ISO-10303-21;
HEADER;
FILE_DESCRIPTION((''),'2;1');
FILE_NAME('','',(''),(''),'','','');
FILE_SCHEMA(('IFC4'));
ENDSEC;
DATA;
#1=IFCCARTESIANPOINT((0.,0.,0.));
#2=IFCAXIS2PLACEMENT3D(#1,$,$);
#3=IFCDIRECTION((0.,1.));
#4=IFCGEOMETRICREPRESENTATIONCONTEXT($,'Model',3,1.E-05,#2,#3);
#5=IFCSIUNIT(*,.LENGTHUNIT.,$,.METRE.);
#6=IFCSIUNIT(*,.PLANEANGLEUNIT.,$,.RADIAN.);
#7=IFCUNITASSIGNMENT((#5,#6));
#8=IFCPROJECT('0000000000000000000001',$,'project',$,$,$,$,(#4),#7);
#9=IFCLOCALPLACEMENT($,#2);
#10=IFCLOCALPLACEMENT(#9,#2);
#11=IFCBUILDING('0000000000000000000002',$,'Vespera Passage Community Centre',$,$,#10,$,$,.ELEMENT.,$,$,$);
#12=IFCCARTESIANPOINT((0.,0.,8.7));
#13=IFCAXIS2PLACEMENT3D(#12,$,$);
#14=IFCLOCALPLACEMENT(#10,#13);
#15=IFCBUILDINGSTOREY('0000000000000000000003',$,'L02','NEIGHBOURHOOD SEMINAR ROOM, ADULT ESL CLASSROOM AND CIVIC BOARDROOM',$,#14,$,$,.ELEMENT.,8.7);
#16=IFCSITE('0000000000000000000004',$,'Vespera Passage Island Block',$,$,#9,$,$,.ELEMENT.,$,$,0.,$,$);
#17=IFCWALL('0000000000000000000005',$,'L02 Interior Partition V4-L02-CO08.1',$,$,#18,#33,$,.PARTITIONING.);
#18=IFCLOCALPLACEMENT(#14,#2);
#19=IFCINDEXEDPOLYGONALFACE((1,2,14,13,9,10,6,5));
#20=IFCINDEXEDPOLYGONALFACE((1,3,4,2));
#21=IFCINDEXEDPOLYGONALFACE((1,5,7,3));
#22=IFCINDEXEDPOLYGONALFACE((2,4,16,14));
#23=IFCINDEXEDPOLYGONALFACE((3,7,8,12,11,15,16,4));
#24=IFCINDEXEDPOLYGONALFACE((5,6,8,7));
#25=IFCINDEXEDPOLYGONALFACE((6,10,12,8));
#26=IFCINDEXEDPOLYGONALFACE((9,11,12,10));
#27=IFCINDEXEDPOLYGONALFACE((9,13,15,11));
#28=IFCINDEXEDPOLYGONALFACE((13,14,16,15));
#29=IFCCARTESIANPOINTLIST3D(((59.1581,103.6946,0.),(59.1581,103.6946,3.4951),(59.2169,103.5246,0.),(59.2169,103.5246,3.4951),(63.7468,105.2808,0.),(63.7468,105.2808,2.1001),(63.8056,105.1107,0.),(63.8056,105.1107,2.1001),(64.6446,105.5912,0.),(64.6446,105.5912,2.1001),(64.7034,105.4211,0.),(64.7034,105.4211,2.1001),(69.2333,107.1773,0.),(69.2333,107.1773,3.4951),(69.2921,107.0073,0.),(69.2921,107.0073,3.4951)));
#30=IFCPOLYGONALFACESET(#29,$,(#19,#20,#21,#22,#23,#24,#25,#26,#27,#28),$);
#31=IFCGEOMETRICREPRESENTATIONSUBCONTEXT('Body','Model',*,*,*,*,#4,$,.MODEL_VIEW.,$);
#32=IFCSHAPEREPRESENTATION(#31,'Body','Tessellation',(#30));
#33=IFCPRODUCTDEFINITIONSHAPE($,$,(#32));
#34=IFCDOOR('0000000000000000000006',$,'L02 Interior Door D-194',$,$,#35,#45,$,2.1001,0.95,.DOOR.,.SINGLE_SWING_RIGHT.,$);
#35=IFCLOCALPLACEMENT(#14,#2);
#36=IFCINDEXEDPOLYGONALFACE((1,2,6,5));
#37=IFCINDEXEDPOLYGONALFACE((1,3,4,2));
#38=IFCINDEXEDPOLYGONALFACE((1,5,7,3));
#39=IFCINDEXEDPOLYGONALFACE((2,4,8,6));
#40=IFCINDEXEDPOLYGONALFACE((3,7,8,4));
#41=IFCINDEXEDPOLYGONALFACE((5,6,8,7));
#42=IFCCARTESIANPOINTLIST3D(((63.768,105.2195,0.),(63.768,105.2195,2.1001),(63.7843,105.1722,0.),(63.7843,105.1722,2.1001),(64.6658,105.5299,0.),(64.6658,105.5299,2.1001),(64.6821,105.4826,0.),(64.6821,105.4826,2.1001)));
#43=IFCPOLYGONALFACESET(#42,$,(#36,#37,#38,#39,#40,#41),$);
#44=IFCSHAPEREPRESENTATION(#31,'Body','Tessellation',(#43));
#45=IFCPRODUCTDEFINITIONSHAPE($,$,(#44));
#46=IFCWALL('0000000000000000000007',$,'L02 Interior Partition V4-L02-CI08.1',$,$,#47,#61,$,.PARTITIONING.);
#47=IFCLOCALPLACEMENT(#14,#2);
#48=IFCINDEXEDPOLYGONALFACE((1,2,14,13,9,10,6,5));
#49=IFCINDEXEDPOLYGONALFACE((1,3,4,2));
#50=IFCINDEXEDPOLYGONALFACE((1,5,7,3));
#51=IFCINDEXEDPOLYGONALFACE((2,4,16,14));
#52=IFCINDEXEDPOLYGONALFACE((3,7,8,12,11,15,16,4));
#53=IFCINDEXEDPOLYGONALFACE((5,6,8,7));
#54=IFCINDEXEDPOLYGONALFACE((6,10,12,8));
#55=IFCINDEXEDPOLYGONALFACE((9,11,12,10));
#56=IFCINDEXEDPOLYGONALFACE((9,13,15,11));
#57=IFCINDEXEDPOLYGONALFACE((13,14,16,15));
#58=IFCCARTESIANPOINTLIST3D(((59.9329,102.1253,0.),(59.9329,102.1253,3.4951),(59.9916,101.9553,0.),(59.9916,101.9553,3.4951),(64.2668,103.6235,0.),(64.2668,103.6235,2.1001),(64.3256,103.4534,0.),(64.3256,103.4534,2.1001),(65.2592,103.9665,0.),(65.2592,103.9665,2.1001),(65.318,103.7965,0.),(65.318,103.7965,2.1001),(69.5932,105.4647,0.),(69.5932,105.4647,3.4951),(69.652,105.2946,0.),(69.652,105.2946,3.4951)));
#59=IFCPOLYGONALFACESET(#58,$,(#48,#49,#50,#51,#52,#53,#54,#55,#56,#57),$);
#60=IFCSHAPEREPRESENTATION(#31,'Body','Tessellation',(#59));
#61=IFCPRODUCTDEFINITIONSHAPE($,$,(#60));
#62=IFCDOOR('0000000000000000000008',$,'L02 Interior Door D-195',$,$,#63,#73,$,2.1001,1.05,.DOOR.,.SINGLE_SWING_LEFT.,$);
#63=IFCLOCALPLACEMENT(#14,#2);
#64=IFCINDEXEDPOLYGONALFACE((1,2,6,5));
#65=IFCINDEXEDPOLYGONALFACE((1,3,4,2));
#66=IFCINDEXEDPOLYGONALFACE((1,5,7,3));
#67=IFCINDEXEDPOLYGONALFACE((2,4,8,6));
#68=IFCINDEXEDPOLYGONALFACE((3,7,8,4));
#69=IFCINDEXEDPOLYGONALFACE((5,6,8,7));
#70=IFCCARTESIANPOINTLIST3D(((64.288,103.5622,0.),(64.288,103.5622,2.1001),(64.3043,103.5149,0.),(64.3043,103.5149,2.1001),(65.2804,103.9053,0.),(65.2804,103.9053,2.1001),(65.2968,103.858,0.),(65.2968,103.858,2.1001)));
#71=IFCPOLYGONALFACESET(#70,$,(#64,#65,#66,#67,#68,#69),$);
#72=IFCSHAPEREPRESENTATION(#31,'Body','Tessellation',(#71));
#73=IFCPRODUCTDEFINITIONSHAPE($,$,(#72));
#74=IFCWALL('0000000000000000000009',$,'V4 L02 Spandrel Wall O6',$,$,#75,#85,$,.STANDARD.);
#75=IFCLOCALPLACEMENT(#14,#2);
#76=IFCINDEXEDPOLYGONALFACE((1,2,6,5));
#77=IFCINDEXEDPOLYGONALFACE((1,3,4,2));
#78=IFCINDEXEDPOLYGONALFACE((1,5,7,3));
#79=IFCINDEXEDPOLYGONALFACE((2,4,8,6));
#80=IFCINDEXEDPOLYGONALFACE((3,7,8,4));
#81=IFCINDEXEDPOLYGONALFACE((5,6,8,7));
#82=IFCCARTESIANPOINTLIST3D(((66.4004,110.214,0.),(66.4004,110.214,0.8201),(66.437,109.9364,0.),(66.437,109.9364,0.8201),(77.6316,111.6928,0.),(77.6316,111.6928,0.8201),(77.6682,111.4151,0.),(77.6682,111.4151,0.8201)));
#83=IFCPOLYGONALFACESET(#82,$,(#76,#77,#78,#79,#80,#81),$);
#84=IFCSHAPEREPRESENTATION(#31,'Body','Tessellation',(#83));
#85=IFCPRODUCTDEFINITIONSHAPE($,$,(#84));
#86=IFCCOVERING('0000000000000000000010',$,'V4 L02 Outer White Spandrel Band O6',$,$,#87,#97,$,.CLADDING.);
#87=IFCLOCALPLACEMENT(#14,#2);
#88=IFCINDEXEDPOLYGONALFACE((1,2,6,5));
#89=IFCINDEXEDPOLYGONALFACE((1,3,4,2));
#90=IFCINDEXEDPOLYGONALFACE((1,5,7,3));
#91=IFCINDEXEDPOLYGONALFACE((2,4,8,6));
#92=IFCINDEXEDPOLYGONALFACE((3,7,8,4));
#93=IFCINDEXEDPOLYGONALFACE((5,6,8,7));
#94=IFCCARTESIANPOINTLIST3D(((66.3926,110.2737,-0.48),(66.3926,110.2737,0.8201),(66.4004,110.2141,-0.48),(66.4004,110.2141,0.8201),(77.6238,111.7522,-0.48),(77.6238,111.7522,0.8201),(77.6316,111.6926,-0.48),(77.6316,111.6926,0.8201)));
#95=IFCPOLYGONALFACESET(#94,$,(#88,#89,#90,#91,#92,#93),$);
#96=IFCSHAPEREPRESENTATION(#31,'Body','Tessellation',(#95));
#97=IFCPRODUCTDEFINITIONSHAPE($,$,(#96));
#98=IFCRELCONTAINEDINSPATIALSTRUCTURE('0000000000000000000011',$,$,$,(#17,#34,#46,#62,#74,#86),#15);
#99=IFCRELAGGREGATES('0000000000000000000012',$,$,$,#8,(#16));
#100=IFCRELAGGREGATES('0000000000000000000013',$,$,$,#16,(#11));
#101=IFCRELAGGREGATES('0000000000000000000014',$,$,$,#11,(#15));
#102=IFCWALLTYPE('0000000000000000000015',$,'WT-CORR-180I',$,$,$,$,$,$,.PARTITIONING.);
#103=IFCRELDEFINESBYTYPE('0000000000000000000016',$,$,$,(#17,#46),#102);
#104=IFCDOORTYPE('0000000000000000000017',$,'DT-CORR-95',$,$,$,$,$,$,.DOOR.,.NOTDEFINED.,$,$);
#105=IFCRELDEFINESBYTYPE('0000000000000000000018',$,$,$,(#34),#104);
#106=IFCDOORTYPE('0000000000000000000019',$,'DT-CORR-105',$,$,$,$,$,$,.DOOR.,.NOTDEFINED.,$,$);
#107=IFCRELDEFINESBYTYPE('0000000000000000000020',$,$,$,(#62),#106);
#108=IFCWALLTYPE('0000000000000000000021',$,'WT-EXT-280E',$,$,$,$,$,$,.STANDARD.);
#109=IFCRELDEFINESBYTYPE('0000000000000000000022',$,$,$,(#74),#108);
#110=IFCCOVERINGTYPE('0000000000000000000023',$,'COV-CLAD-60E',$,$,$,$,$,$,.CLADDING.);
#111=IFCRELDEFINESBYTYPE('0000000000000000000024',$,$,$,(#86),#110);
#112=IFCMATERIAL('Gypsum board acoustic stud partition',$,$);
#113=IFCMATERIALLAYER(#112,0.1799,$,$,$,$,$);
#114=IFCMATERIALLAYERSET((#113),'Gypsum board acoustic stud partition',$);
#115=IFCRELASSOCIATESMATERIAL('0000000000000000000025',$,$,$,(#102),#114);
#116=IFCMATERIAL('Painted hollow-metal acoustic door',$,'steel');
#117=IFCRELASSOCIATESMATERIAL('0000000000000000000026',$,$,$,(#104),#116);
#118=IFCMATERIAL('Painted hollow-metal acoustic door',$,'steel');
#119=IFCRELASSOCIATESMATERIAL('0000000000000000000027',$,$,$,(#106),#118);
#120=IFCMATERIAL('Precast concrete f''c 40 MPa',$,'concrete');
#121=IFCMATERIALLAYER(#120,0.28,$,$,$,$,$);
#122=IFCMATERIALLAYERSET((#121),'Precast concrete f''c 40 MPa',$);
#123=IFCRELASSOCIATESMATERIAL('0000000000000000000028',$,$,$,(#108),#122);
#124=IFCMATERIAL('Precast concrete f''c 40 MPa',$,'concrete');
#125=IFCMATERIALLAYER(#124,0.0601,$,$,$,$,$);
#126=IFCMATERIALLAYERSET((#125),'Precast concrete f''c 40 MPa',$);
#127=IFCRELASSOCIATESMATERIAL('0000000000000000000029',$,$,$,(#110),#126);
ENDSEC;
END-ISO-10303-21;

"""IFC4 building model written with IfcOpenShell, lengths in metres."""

from ifc_helpers import new_model, si_unit, direction, frame, frame_2d, origin, place, context, subcontext, project, spatial, rectangle, extrude, material, layer, layer_set, type_object, element, fill, save


model = new_model("IFC4")

# Units and contexts
model_context = context("Model", 3, precision=1e-05, world=origin(), true_north=direction((0.0, 1.0)))
body_context = subcontext(model_context, "Body", "Model", "MODEL_VIEW")
ifc_project = project(units=[si_unit("LENGTHUNIT", "METRE"), si_unit("PLANEANGLEUNIT", "RADIAN")], contexts=[model_context])

# Site, building, storey
site_placement = place(None, origin())
site = spatial("IfcSite", under=ifc_project, at=site_placement, Name="Vespera Passage Island Block", CompositionType="ELEMENT", RefElevation=0.0)
building_placement = place(site_placement, origin())
building = spatial("IfcBuilding", under=site, at=building_placement, Name="Vespera Passage Community Centre", CompositionType="ELEMENT")
storey_placement = place(building_placement, frame((0.0, 0.0, 8.7)))
storey = spatial("IfcBuildingStorey", under=building, at=storey_placement, Name="L02", Description="NEIGHBOURHOOD SEMINAR ROOM, ADULT ESL CLASSROOM AND CIVIC BOARDROOM", CompositionType="ELEMENT", Elevation=8.7)

# Walls, openings, doors
ifc_material_1 = material(Name="Gypsum board acoustic stud partition")
ifc_layer_1 = layer(ifc_material_1, 0.1799)
ifc_layer_set_1 = layer_set([ifc_layer_1], Name="Gypsum board acoustic stud partition")
wall_type_1 = type_object("IfcWallType", Name="WT-CORR-180I", PredefinedType="PARTITIONING", material=ifc_layer_set_1)
wall_1_placement = place(storey_placement, frame((69.2627, 107.0923, 0.0), z_axis=(0.0, 0.0, 1.0), x_axis=(-0.945128, -0.3267, 0.0)))
wall_1 = element("IfcWall", 1, at=wall_1_placement, inside=storey, type_object=wall_type_1, Name="L02 Interior Partition V4-L02-CO08.1", PredefinedType="PARTITIONING", context=body_context, shape_type="SweptSolid", body=[
    extrude(rectangle(XDim=10.6602, YDim=0.1799, at=frame_2d((5.3301, 0.0))), origin(), (0.0, 0.0, 1.0), 3.4951),
])
opening_1_placement = place(wall_1_placement, frame((4.855, 0.0, 0.0)))
opening_1 = element("IfcOpeningElement", 2, at=opening_1_placement, cuts=wall_1, PredefinedType="OPENING", context=body_context, shape_type="SweptSolid", body=[
    extrude(rectangle(XDim=0.95, YDim=2.1001, at=frame_2d((0.4751, 1.05))), frame((0.0, 0.0999, 0.0), z_axis=(0.0, -1.0, 0.0), x_axis=(1.0, 0.0, 0.0)), (0.0, 0.0, 1.0), 0.2),
])
ifc_material_2 = material(Name="Painted hollow-metal acoustic door", Category="steel")
door_type_1 = type_object("IfcDoorType", Name="DT-CORR-95", OperationType="NOTDEFINED", PredefinedType="DOOR", material=ifc_material_2)
door_1_placement = place(opening_1_placement, origin())
door_1 = element("IfcDoor", 3, at=door_1_placement, inside=storey, type_object=door_type_1, Name="L02 Interior Door D-194", OperationType="SINGLE_SWING_RIGHT", OverallHeight=2.1001, OverallWidth=0.95, PredefinedType="DOOR", context=body_context, shape_type="SweptSolid", body=[
    extrude(rectangle(XDim=0.95, YDim=2.1001, at=frame_2d((0.4751, 1.05))), frame((0.0, 0.0249, 0.0), z_axis=(0.0, -1.0, 0.0), x_axis=(1.0, 0.0, 0.0)), (0.0, 0.0, 1.0), 0.05),
])
fill(opening_1, door_1)
wall_2_placement = place(storey_placement, frame((69.6226, 105.3796, 0.0), z_axis=(0.0, 0.0, 1.0), x_axis=(-0.945126, -0.326706, 0.0)))
wall_2 = element("IfcWall", 4, at=wall_2_placement, inside=storey, type_object=wall_type_1, Name="L02 Interior Partition V4-L02-CI08.1", PredefinedType="PARTITIONING", context=body_context, shape_type="SweptSolid", body=[
    extrude(rectangle(XDim=10.2212, YDim=0.1799, at=frame_2d((5.1106, 0.0))), origin(), (0.0, 0.0, 1.0), 3.4951),
])
opening_2_placement = place(wall_2_placement, frame((4.5857, 0.0, 0.0)))
opening_2 = element("IfcOpeningElement", 5, at=opening_2_placement, cuts=wall_2, PredefinedType="OPENING", context=body_context, shape_type="SweptSolid", body=[
    extrude(rectangle(XDim=1.05, YDim=2.1001, at=frame_2d((0.5249, 1.05))), frame((0.0, 0.0999, 0.0), z_axis=(0.0, -1.0, 0.0), x_axis=(1.0, 0.0, 0.0)), (0.0, 0.0, 1.0), 0.2),
])
ifc_material_3 = material(Name="Painted hollow-metal acoustic door", Category="steel")
door_type_2 = type_object("IfcDoorType", Name="DT-CORR-105", OperationType="NOTDEFINED", PredefinedType="DOOR", material=ifc_material_3)
door_2_placement = place(opening_2_placement, origin())
door_2 = element("IfcDoor", 6, at=door_2_placement, inside=storey, type_object=door_type_2, Name="L02 Interior Door D-195", OperationType="SINGLE_SWING_LEFT", OverallHeight=2.1001, OverallWidth=1.05, PredefinedType="DOOR", context=body_context, shape_type="SweptSolid", body=[
    extrude(rectangle(XDim=1.05, YDim=2.1001, at=frame_2d((0.5249, 1.05))), frame((0.0, 0.0249, 0.0), z_axis=(0.0, -1.0, 0.0), x_axis=(1.0, 0.0, 0.0)), (0.0, 0.0, 1.0), 0.05),
])
fill(opening_2, door_2)

# Wall
ifc_material_4 = material(Name="Precast concrete f'c 40 MPa", Category="concrete")
ifc_layer_2 = layer(ifc_material_4, 0.28)
ifc_layer_set_2 = layer_set([ifc_layer_2], Name="Precast concrete f'c 40 MPa")
wall_type_2 = type_object("IfcWallType", Name="WT-EXT-280E", PredefinedType="STANDARD", material=ifc_layer_set_2)
wall_3_placement = place(storey_placement, frame((66.4187, 110.0752, 0.0), z_axis=(0.0, 0.0, 1.0), x_axis=(0.991443, 0.130539, 0.0)))
element("IfcWall", 7, at=wall_3_placement, inside=storey, type_object=wall_type_2, Name="V4 L02 Spandrel Wall O6", PredefinedType="STANDARD", context=body_context, shape_type="SweptSolid", body=[
    extrude(rectangle(XDim=11.3281, YDim=0.28, at=frame_2d((5.6641, 0.0))), origin(), (0.0, 0.0, 1.0), 0.8201),
])

# Covering
ifc_material_5 = material(Name="Precast concrete f'c 40 MPa", Category="concrete")
ifc_layer_3 = layer(ifc_material_5, 0.0601)
ifc_layer_set_3 = layer_set([ifc_layer_3], Name="Precast concrete f'c 40 MPa")
covering_type = type_object("IfcCoveringType", Name="COV-CLAD-60E", PredefinedType="CLADDING", material=ifc_layer_set_3)
covering_placement = place(storey_placement, frame((66.3965, 110.2439, -0.48), z_axis=(0.0, 0.0, 1.0), x_axis=(0.991446, 0.130518, 0.0)))
element("IfcCovering", 8, at=covering_placement, inside=storey, type_object=covering_type, Name="V4 L02 Outer White Spandrel Band O6", PredefinedType="CLADDING", context=body_context, shape_type="SweptSolid", body=[
    extrude(rectangle(XDim=11.3281, YDim=0.0601, at=frame_2d((5.6641, 0.0))), origin(), (0.0, 0.0, 1.0), 1.3),
])

save(model, "model.ifc")
